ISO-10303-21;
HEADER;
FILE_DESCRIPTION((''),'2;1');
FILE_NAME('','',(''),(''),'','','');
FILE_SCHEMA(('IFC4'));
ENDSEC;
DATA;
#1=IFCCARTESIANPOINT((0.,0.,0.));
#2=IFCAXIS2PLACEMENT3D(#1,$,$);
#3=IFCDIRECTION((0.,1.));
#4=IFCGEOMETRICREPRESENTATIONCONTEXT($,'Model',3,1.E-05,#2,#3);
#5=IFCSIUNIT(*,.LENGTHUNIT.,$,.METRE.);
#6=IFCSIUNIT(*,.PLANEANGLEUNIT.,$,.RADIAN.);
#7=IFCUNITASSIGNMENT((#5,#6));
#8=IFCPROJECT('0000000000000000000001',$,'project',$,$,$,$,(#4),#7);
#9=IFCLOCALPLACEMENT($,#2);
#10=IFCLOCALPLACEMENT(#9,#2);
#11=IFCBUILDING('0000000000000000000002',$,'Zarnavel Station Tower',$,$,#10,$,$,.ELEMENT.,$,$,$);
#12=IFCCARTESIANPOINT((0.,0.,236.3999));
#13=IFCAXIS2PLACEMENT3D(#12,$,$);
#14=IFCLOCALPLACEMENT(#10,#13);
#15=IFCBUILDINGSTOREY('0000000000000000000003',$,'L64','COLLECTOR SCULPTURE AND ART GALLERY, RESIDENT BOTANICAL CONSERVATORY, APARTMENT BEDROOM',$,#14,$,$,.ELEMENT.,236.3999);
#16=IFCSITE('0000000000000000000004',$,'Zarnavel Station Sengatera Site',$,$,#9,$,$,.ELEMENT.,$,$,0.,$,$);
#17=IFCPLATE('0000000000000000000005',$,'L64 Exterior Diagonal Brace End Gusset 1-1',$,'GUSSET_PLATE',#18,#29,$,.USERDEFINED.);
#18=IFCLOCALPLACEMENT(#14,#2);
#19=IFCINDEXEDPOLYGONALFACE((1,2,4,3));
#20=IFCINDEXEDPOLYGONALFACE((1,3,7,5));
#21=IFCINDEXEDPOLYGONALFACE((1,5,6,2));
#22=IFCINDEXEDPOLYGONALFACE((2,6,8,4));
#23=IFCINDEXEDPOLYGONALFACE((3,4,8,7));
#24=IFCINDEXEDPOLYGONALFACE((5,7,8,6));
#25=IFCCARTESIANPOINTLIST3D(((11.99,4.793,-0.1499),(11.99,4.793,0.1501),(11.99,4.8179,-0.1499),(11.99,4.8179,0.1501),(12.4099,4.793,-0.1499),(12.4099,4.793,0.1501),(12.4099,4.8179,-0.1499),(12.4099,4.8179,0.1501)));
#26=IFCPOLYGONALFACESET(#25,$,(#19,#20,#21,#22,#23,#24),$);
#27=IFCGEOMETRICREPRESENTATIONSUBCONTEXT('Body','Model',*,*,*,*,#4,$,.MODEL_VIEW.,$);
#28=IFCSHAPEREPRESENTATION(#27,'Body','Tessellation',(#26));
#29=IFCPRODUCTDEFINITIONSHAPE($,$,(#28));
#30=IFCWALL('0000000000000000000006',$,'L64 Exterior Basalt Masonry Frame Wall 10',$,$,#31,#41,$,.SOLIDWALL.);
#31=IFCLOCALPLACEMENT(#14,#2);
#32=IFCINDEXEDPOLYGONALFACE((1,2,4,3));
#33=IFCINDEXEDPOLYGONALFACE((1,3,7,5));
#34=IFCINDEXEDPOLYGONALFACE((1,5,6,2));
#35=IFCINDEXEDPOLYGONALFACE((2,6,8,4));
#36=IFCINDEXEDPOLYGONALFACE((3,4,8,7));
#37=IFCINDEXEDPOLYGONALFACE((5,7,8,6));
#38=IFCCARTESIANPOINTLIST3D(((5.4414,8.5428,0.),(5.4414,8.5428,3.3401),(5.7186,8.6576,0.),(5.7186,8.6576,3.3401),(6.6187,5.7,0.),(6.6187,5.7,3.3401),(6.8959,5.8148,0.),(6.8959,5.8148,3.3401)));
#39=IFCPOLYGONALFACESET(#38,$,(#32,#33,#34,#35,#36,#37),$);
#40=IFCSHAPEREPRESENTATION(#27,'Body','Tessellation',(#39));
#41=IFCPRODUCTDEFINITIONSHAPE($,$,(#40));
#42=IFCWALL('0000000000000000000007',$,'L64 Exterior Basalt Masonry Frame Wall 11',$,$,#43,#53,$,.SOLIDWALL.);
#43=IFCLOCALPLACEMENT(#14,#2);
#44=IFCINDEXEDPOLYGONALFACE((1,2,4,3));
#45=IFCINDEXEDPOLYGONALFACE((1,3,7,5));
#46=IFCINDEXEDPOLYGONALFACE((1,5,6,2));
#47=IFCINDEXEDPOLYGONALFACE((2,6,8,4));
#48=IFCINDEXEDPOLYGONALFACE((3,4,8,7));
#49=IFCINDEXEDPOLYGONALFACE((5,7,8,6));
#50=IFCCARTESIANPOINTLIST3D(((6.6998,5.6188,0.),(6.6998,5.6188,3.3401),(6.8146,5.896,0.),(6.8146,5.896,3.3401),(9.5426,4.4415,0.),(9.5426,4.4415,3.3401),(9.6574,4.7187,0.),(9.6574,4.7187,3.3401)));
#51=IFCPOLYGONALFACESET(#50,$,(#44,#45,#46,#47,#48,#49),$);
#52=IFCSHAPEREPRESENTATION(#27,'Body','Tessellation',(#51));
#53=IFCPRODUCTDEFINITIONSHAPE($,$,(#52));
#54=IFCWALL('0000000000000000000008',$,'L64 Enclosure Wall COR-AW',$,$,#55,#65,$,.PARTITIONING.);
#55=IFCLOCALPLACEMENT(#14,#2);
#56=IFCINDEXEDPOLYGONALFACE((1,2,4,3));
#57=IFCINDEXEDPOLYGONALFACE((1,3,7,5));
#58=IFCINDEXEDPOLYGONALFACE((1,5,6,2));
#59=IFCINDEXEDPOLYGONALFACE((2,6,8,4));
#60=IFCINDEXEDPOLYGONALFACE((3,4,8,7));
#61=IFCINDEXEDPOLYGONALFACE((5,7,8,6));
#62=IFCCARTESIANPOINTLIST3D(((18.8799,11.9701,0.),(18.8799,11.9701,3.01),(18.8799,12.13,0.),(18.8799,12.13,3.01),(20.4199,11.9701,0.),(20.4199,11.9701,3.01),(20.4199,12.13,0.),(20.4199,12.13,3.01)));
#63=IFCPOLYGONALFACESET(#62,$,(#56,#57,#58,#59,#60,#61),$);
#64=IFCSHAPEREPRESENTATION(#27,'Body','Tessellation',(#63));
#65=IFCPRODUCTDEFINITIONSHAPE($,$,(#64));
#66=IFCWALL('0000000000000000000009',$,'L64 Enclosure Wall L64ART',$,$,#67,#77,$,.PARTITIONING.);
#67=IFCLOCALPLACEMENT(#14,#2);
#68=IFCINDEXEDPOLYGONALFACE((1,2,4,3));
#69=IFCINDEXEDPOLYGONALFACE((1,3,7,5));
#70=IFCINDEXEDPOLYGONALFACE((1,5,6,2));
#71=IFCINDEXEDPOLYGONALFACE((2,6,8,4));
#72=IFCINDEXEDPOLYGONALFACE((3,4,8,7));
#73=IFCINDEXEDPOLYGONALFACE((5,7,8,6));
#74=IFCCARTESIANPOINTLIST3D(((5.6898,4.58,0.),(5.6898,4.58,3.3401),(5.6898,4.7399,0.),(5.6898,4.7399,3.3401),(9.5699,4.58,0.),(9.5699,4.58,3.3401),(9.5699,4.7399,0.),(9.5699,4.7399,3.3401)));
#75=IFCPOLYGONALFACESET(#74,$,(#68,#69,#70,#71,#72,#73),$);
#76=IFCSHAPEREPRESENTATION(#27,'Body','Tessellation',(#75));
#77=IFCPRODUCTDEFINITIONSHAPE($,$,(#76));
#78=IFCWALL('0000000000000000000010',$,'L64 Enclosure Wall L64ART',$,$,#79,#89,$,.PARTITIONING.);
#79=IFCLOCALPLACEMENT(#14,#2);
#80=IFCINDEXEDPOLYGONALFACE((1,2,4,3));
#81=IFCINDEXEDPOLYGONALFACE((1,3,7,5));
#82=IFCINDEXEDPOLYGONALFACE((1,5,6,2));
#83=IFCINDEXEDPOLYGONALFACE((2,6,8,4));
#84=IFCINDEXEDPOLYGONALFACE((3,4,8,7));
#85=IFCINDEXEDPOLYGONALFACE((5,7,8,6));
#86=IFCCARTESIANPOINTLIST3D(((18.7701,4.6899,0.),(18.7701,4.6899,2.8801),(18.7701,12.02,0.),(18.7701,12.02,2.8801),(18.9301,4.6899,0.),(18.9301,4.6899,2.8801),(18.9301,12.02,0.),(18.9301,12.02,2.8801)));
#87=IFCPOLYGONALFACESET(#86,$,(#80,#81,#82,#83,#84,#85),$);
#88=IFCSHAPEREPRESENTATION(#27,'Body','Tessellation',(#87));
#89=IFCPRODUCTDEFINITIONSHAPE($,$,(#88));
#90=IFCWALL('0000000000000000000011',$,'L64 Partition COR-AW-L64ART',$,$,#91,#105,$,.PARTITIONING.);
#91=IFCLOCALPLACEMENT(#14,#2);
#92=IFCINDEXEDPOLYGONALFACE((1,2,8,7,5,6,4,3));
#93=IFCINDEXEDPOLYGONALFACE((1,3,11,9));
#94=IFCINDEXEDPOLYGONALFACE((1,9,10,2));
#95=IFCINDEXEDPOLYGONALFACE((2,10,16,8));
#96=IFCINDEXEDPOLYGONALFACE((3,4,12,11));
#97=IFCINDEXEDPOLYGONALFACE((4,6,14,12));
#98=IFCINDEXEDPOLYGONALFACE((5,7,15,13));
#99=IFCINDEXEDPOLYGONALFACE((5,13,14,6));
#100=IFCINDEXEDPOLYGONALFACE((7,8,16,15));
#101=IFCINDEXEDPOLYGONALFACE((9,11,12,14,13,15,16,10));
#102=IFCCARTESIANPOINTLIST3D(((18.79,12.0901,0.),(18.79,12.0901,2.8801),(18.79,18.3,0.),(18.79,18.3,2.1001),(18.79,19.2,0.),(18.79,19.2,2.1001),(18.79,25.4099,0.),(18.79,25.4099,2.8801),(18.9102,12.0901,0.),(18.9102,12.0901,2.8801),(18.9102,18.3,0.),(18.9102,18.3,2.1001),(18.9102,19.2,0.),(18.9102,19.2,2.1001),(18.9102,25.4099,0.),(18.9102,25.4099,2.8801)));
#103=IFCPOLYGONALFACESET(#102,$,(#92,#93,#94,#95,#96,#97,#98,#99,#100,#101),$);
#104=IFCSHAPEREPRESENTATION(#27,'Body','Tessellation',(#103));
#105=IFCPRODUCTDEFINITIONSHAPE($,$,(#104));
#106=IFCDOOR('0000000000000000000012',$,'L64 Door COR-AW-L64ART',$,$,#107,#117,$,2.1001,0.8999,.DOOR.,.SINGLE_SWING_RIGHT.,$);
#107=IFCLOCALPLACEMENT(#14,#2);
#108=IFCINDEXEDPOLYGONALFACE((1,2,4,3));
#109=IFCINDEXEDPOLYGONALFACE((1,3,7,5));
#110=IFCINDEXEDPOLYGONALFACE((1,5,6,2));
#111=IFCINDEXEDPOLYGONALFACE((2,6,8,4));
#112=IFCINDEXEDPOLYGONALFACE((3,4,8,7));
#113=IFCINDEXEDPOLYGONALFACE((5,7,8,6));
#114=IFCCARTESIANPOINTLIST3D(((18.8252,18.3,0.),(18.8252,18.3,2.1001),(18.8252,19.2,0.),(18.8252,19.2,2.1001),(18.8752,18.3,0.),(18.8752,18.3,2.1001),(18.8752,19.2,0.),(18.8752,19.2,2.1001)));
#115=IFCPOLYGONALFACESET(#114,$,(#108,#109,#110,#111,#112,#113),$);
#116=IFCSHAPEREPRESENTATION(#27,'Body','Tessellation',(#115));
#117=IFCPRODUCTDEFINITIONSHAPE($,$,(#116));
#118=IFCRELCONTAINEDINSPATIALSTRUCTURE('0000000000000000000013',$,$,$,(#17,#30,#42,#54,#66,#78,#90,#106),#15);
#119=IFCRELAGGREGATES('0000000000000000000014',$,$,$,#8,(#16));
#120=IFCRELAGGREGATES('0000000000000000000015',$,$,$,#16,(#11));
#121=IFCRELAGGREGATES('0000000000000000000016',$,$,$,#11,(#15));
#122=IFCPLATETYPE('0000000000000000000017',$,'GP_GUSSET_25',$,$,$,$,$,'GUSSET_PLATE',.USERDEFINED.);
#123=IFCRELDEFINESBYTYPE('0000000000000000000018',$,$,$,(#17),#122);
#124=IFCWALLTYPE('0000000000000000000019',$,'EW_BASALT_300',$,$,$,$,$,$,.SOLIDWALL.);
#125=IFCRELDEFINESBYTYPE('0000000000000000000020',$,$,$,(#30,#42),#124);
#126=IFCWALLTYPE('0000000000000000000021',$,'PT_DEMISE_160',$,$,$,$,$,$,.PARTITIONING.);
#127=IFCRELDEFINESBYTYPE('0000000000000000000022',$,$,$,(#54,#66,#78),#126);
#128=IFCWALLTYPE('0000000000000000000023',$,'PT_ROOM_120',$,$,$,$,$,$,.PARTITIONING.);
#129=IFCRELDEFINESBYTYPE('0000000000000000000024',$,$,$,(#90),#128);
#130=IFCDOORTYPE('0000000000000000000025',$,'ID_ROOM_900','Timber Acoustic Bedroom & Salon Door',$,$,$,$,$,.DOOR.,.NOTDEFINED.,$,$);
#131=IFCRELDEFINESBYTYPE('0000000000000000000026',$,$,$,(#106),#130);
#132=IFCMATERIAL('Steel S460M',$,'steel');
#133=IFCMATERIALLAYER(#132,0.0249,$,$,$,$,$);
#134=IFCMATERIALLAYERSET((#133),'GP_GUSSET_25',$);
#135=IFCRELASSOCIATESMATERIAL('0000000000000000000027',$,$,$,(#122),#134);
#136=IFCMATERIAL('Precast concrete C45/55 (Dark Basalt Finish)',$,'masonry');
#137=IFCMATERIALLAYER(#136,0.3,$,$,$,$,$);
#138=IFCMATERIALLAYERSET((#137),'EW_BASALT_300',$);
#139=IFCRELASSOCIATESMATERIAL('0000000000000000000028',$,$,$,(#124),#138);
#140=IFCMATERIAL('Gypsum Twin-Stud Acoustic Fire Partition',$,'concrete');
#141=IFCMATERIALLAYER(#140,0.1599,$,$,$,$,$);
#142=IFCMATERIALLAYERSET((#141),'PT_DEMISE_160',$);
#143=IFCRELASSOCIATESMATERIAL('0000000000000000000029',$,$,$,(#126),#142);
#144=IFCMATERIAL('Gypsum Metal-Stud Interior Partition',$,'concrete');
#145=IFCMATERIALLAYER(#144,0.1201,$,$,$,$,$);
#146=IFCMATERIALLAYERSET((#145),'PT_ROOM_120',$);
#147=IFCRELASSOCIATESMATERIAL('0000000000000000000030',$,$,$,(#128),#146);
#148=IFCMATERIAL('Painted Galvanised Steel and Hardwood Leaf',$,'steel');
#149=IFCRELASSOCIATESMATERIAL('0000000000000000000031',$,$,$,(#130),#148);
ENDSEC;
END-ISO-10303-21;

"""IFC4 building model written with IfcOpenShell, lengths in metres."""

from ifc_helpers import new_model, si_unit, direction, frame, frame_2d, origin, origin_2d, place, context, subcontext, project, spatial, rectangle, extrude, material, layer, layer_set, type_object, element, fill, save


model = new_model("IFC4")

# Units and contexts
model_context = context("Model", 3, precision=1e-05, world=origin(), true_north=direction((0.0, 1.0)))
body_context = subcontext(model_context, "Body", "Model", "MODEL_VIEW")
ifc_project = project(units=[si_unit("LENGTHUNIT", "METRE"), si_unit("PLANEANGLEUNIT", "RADIAN")], contexts=[model_context])

# Site, building, storey
site_placement = place(None, origin())
site = spatial("IfcSite", under=ifc_project, at=site_placement, Name="Zarnavel Station Sengatera Site", CompositionType="ELEMENT", RefElevation=0.0)
building_placement = place(site_placement, origin())
building = spatial("IfcBuilding", under=site, at=building_placement, Name="Zarnavel Station Tower", CompositionType="ELEMENT")
storey_placement = place(building_placement, frame((0.0, 0.0, 236.3999)))
storey = spatial("IfcBuildingStorey", under=building, at=storey_placement, Name="L64", Description="COLLECTOR SCULPTURE AND ART GALLERY, RESIDENT BOTANICAL CONSERVATORY, APARTMENT BEDROOM", CompositionType="ELEMENT", Elevation=236.3999)

# Plate
ifc_material_1 = material(Name="Steel S460M", Category="steel")
ifc_layer_1 = layer(ifc_material_1, 0.0249)
ifc_layer_set_1 = layer_set([ifc_layer_1], Name="GP_GUSSET_25")
plate_type = type_object("IfcPlateType", Name="GP_GUSSET_25", ElementType="GUSSET_PLATE", PredefinedType="USERDEFINED", material=ifc_layer_set_1)
plate_placement = place(storey_placement, frame((12.2, 4.8054, -0.1499), z_axis=(0.0, 0.0, 1.0), x_axis=(1.0, 0.0, 0.0)))
element("IfcPlate", 1, at=plate_placement, inside=storey, type_object=plate_type, Name="L64 Exterior Diagonal Brace End Gusset 1-1", ObjectType="GUSSET_PLATE", PredefinedType="USERDEFINED", context=body_context, shape_type="SweptSolid", body=[
    extrude(rectangle(XDim=0.4199, YDim=0.0249, at=origin_2d()), origin(), (0.0, 0.0, 1.0), 0.3),
])

# Walls
ifc_material_2 = material(Name="Precast concrete C45/55 (Dark Basalt Finish)", Category="masonry")
ifc_layer_2 = layer(ifc_material_2, 0.3)
ifc_layer_set_2 = layer_set([ifc_layer_2], Name="EW_BASALT_300")
wall_type_1 = type_object("IfcWallType", Name="EW_BASALT_300", PredefinedType="SOLIDWALL", material=ifc_layer_set_2)
for number, where, z_axis, x_axis, name in (
    (2, (6.7573, 5.7573, 0.0), (0.0, 0.0, 1.0), (-0.382609, 0.92391, 0.0), "L64 Exterior Basalt Masonry Frame Wall 10"),
    (3, (9.6001, 4.5801, 0.0), (0.0, 0.0, 1.0), (-0.92391, 0.382609, 0.0), "L64 Exterior Basalt Masonry Frame Wall 11"),
):
    element("IfcWall", number, at=place(storey_placement, frame(where, z_axis=z_axis, x_axis=x_axis)), inside=storey, type_object=wall_type_1, Name=name, PredefinedType="SOLIDWALL", context=body_context, shape_type="SweptSolid", body=[
        extrude(rectangle(XDim=3.0769, YDim=0.3, at=frame_2d((1.5386, 0.0))), origin(), (0.0, 0.0, 1.0), 3.3401),
    ])
ifc_material_3 = material(Name="Gypsum Twin-Stud Acoustic Fire Partition", Category="concrete")
ifc_layer_3 = layer(ifc_material_3, 0.1599)
ifc_layer_set_3 = layer_set([ifc_layer_3], Name="PT_DEMISE_160")
wall_type_2 = type_object("IfcWallType", Name="PT_DEMISE_160", PredefinedType="PARTITIONING", material=ifc_layer_set_3)
wall_1_placement = place(storey_placement, frame((18.8799, 12.05, 0.0), z_axis=(0.0, 0.0, 1.0), x_axis=(1.0, 0.0, 0.0)))
element("IfcWall", 4, at=wall_1_placement, inside=storey, type_object=wall_type_2, Name="L64 Enclosure Wall COR-AW", PredefinedType="PARTITIONING", context=body_context, shape_type="SweptSolid", body=[
    extrude(rectangle(XDim=1.54, YDim=0.1599, at=frame_2d((0.77, 0.0))), origin(), (0.0, 0.0, 1.0), 3.01),
])
wall_2_placement = place(storey_placement, frame((5.6899, 4.6599, 0.0), z_axis=(0.0, 0.0, 1.0), x_axis=(1.0, 0.0, 0.0)))
element("IfcWall", 5, at=wall_2_placement, inside=storey, type_object=wall_type_2, Name="L64 Enclosure Wall L64ART", PredefinedType="PARTITIONING", context=body_context, shape_type="SweptSolid", body=[
    extrude(rectangle(XDim=3.8801, YDim=0.1599, at=frame_2d((1.9399, 0.0))), origin(), (0.0, 0.0, 1.0), 3.3401),
])
wall_3_placement = place(storey_placement, frame((18.8501, 4.6899, 0.0), z_axis=(0.0, 0.0, 1.0), x_axis=(0.0, 1.0, 0.0)))
element("IfcWall", 6, at=wall_3_placement, inside=storey, type_object=wall_type_2, Name="L64 Enclosure Wall L64ART", PredefinedType="PARTITIONING", context=body_context, shape_type="SweptSolid", body=[
    extrude(rectangle(XDim=7.3301, YDim=0.1599, at=frame_2d((3.665, 0.0))), origin(), (0.0, 0.0, 1.0), 2.8801),
])

# Wall, opening, door
ifc_material_4 = material(Name="Gypsum Metal-Stud Interior Partition", Category="concrete")
ifc_layer_4 = layer(ifc_material_4, 0.1201)
ifc_layer_set_4 = layer_set([ifc_layer_4], Name="PT_ROOM_120")
wall_type_3 = type_object("IfcWallType", Name="PT_ROOM_120", PredefinedType="PARTITIONING", material=ifc_layer_set_4)
wall_4_placement = place(storey_placement, frame((18.8501, 12.0901, 0.0), z_axis=(0.0, 0.0, 1.0), x_axis=(0.0, 1.0, 0.0)))
wall_4 = element("IfcWall", 7, at=wall_4_placement, inside=storey, type_object=wall_type_3, Name="L64 Partition COR-AW-L64ART", PredefinedType="PARTITIONING", context=body_context, shape_type="SweptSolid", body=[
    extrude(rectangle(XDim=13.3198, YDim=0.1201, at=frame_2d((6.6599, 0.0))), origin(), (0.0, 0.0, 1.0), 2.8801),
])
opening_placement = place(wall_4_placement, frame((6.21, 0.0, 0.0)))
opening = element("IfcOpeningElement", 8, at=opening_placement, cuts=wall_4, PredefinedType="OPENING", context=body_context, shape_type="SweptSolid", body=[
    extrude(rectangle(XDim=0.8999, YDim=2.1001, at=frame_2d((0.45, 1.05))), frame((0.0, 0.0701, 0.0), z_axis=(0.0, -1.0, 0.0), x_axis=(1.0, 0.0, 0.0)), (0.0, 0.0, 1.0), 0.1401),
])
ifc_material_5 = material(Name="Painted Galvanised Steel and Hardwood Leaf", Category="steel")
door_type = type_object("IfcDoorType", Name="ID_ROOM_900", Description="Timber Acoustic Bedroom & Salon Door", OperationType="NOTDEFINED", PredefinedType="DOOR", material=ifc_material_5)
door_placement = place(opening_placement, origin())
door = element("IfcDoor", 9, at=door_placement, inside=storey, type_object=door_type, Name="L64 Door COR-AW-L64ART", OperationType="SINGLE_SWING_RIGHT", OverallHeight=2.1001, OverallWidth=0.8999, PredefinedType="DOOR", context=body_context, shape_type="SweptSolid", body=[
    extrude(rectangle(XDim=0.8999, YDim=2.1001, at=frame_2d((0.45, 1.05))), frame((0.0, 0.0249, 0.0), z_axis=(0.0, -1.0, 0.0), x_axis=(1.0, 0.0, 0.0)), (0.0, 0.0, 1.0), 0.05),
])
fill(opening, door)

save(model, "model.ifc")
